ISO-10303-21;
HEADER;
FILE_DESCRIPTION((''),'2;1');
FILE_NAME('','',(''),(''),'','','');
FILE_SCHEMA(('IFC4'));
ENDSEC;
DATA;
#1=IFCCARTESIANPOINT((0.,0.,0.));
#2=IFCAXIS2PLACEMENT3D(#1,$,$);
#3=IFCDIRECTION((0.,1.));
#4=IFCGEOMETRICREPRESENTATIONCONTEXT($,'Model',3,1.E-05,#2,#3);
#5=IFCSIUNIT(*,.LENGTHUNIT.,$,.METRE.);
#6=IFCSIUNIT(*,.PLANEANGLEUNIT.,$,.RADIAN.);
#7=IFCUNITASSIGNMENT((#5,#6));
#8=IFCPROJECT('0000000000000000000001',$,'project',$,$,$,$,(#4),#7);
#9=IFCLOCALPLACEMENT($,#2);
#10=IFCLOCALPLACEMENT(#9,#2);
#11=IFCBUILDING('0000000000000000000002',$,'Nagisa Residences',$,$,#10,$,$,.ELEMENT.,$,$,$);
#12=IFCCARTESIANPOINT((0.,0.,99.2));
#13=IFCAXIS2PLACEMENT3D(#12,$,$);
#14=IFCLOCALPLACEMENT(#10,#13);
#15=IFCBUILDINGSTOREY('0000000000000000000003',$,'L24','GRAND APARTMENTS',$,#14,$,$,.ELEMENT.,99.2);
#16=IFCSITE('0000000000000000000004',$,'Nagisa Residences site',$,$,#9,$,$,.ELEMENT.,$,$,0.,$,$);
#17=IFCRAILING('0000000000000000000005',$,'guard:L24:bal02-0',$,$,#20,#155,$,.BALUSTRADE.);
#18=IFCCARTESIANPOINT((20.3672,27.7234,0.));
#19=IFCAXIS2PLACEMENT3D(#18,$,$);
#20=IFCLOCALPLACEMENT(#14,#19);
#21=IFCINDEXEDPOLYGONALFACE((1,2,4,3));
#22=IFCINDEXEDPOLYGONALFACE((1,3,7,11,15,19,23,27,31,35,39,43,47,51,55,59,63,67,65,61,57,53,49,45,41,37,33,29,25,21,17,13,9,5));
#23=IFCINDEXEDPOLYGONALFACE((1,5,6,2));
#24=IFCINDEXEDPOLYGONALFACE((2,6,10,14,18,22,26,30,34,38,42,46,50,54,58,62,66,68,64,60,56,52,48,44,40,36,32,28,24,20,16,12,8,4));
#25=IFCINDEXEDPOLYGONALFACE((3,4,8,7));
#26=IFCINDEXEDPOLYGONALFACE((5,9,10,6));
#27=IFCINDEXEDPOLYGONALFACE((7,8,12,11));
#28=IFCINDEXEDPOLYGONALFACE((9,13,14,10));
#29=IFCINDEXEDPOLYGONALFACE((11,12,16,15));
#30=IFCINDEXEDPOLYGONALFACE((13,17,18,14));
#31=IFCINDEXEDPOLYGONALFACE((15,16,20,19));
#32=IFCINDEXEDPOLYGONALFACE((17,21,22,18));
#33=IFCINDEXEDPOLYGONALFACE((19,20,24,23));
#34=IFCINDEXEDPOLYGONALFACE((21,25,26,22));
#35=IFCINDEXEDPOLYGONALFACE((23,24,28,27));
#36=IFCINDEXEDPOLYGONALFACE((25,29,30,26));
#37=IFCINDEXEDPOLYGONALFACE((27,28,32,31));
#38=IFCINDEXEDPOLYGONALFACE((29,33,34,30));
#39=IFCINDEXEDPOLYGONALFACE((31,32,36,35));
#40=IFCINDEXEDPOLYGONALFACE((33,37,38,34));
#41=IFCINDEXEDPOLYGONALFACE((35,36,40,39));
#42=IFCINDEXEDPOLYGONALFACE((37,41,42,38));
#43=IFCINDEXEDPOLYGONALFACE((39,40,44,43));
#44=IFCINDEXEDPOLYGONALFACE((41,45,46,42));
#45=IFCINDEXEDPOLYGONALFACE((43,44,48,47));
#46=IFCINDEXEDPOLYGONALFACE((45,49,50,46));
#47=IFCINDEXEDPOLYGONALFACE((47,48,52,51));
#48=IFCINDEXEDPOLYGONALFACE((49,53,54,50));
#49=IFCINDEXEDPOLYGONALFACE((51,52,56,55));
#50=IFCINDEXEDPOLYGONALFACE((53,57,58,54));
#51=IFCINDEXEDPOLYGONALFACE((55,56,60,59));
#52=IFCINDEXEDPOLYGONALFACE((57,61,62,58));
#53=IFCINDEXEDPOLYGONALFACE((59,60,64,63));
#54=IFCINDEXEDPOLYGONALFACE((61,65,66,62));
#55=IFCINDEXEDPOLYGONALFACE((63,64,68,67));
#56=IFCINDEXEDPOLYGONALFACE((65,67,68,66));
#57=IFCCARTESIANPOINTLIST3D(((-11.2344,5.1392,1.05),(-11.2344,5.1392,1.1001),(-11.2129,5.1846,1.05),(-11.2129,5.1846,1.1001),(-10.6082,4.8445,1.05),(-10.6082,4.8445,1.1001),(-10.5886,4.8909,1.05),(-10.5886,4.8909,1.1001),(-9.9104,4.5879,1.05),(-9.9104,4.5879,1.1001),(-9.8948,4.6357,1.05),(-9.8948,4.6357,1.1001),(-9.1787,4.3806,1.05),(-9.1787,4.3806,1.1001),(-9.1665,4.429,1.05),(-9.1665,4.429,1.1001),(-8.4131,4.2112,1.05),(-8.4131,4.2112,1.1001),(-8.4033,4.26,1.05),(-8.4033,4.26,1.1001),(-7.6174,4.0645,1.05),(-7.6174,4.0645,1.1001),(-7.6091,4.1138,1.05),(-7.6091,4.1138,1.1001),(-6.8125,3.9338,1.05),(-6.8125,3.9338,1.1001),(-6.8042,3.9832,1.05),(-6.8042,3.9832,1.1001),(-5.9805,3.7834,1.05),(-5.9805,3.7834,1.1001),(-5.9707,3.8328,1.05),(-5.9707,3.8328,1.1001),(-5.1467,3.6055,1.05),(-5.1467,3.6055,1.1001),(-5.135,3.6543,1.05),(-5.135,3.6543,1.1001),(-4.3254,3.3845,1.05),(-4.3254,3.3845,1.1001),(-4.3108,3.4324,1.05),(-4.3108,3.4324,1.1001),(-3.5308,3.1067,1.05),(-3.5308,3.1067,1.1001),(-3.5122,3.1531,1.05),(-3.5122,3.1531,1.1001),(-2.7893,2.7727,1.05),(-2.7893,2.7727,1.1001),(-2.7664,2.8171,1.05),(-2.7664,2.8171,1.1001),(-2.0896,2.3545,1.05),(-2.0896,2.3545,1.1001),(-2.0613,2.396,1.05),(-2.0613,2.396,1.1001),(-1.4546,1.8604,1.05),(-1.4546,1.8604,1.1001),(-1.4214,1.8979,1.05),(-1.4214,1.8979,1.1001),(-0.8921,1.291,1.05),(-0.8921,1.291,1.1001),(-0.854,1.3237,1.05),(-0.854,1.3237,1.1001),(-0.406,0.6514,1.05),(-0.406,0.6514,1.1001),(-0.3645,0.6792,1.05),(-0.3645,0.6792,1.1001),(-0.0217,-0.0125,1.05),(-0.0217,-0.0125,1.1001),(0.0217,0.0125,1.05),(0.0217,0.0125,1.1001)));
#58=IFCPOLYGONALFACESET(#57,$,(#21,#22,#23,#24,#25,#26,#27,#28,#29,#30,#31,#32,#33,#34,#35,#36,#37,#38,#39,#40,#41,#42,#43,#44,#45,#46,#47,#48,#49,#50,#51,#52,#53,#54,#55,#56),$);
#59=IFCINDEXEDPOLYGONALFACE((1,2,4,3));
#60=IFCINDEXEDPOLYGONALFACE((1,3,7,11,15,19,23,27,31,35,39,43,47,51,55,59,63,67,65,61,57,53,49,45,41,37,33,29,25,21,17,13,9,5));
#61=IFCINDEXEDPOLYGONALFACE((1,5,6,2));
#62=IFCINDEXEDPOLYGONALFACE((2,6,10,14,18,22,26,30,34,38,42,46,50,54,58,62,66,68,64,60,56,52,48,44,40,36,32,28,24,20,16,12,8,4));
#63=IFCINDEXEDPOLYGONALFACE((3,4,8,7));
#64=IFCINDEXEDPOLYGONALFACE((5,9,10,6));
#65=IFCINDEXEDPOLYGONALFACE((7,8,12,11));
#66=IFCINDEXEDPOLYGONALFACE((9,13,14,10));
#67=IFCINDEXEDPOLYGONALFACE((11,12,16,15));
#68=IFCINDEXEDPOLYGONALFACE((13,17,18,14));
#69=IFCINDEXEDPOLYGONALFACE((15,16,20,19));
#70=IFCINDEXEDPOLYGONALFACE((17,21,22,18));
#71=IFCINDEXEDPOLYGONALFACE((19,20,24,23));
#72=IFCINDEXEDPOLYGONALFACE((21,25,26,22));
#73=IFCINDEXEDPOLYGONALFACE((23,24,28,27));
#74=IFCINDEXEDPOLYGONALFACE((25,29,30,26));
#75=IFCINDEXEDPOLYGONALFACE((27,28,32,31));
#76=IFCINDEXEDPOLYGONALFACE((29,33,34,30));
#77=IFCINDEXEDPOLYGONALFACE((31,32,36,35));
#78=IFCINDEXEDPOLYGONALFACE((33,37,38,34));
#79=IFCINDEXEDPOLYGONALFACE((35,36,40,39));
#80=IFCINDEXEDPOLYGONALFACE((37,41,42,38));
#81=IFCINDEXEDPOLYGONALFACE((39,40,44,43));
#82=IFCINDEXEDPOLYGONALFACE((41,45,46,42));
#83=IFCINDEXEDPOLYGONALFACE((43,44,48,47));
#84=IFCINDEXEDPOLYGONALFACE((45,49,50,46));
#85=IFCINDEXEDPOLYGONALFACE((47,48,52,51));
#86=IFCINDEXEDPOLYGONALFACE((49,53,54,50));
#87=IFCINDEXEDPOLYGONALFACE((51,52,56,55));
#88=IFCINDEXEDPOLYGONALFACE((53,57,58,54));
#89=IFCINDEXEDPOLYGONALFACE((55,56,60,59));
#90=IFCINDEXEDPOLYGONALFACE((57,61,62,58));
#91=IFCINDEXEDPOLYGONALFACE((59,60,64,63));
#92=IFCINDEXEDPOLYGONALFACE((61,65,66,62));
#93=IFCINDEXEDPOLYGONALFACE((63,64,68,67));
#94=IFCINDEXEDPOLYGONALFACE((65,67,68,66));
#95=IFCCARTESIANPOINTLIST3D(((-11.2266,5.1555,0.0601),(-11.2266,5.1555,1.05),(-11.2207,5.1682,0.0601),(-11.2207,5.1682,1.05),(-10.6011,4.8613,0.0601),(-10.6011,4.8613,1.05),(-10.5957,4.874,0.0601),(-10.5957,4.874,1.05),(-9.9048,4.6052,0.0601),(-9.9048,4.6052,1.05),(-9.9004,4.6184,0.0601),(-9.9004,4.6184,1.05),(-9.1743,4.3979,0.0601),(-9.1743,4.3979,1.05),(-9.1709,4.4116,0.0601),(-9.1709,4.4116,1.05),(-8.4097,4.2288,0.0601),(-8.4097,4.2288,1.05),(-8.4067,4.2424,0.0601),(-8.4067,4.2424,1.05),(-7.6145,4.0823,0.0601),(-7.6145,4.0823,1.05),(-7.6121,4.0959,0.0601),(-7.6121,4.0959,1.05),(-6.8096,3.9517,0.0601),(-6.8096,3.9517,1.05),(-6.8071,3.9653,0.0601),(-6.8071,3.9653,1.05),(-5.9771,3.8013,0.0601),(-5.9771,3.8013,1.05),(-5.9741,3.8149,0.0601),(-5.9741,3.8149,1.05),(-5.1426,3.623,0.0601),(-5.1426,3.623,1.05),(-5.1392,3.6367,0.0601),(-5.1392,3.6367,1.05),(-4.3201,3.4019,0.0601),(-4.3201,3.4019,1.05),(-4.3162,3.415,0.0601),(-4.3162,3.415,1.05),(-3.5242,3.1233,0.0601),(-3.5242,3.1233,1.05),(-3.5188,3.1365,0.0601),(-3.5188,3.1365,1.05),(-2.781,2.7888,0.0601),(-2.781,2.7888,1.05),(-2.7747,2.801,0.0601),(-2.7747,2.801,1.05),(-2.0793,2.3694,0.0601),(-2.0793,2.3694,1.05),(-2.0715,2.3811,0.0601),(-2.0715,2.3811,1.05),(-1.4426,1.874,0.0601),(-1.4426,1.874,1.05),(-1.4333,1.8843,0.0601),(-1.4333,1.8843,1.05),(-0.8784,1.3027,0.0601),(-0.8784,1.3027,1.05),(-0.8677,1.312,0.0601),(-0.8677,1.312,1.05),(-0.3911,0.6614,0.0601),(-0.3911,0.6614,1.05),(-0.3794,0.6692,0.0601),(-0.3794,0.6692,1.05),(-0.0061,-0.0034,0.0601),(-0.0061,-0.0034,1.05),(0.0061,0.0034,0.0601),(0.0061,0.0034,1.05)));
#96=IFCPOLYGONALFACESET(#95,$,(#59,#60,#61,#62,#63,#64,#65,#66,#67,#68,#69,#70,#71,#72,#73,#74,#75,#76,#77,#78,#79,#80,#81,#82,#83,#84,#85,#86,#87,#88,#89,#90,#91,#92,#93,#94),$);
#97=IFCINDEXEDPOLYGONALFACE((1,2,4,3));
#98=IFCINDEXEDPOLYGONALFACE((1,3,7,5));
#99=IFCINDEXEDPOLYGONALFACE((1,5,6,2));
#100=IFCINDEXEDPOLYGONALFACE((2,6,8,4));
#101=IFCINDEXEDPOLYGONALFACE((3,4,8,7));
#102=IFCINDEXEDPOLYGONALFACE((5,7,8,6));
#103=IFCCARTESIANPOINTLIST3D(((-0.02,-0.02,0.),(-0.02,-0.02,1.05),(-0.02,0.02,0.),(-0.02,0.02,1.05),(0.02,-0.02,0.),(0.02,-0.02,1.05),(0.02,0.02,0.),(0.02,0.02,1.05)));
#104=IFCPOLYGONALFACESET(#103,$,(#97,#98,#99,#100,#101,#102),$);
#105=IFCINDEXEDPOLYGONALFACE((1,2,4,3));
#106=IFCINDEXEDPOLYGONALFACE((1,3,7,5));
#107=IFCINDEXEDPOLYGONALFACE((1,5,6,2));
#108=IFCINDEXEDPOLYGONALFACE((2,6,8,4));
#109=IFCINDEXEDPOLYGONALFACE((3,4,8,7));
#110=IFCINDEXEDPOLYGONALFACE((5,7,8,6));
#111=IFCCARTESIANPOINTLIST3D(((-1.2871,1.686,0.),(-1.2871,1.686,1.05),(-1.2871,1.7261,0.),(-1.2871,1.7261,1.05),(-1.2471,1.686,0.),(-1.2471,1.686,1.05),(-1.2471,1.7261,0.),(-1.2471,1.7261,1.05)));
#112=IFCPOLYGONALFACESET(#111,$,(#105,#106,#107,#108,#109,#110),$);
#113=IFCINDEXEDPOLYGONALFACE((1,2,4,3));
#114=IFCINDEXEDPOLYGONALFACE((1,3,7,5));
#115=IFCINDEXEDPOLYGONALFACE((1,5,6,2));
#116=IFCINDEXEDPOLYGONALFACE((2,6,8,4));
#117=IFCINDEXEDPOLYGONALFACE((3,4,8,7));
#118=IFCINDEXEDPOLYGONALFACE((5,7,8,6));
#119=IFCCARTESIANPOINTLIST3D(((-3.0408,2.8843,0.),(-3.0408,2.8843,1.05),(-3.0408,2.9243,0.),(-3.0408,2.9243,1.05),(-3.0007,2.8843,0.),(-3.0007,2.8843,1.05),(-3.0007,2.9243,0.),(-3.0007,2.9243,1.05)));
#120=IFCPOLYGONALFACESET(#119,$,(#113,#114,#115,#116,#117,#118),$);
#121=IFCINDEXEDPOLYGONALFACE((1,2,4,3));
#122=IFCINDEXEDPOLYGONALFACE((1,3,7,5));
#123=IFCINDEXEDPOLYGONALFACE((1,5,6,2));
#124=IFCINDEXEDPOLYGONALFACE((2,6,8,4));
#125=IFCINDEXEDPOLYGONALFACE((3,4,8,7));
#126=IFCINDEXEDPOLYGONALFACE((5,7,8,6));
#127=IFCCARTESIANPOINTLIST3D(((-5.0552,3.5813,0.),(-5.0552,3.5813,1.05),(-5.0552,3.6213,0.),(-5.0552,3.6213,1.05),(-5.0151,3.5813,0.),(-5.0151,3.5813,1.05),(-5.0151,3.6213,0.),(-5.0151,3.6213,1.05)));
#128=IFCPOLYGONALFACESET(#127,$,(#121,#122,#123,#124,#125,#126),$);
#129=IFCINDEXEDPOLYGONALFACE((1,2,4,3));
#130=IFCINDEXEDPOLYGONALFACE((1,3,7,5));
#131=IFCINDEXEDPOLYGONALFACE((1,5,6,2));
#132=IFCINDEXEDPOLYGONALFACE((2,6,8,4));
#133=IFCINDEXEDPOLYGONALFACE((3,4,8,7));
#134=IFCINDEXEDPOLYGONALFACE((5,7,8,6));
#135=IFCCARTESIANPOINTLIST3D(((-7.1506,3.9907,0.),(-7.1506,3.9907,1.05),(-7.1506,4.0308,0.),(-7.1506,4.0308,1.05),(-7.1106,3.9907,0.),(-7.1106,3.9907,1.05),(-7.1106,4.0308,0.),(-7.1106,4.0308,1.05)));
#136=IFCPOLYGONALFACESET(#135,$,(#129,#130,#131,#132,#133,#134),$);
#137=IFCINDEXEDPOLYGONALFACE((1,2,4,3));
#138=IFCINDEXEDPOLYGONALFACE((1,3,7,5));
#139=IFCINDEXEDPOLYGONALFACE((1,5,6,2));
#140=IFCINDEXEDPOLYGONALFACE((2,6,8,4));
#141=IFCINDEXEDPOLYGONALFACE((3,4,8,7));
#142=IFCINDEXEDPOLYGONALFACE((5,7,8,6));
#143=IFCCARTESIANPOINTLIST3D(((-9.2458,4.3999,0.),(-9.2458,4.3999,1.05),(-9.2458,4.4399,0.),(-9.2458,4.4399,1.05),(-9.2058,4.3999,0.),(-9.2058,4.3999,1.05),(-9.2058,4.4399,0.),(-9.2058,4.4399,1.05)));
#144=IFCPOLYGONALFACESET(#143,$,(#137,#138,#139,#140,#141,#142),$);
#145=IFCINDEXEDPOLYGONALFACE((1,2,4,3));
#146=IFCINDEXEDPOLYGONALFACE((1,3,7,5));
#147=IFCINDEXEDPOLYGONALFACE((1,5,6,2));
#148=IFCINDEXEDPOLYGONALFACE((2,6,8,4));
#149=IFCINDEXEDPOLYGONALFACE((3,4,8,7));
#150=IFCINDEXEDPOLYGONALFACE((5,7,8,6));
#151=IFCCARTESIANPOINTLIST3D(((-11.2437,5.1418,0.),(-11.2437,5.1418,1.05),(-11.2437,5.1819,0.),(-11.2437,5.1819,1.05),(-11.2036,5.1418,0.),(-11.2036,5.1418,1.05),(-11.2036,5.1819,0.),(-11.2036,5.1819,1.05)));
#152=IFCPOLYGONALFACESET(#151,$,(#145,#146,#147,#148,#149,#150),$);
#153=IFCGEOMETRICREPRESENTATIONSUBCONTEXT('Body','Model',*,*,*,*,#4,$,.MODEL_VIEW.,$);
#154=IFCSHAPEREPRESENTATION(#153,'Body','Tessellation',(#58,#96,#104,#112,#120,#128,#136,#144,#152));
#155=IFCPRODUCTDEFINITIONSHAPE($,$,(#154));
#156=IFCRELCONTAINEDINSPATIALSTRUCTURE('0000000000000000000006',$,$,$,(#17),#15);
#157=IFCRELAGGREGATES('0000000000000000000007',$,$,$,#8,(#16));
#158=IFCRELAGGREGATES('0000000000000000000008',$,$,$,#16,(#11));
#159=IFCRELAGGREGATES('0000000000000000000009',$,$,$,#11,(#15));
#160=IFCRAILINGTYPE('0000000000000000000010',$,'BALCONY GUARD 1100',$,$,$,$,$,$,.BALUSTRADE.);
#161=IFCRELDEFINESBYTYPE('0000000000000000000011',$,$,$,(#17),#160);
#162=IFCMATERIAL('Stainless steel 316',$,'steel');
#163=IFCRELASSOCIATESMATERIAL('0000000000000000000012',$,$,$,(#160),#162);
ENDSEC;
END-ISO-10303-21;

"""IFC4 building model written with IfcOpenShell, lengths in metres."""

from ifc_helpers import new_model, si_unit, direction, frame, origin, origin_2d, place, context, subcontext, project, spatial, polyline, rectangle, outline, extrude, material, type_object, element, save


model = new_model("IFC4")

# Units and contexts
model_context = context("Model", 3, precision=1e-05, world=origin(), true_north=direction((0.0, 1.0)))
body_context = subcontext(model_context, "Body", "Model", "MODEL_VIEW")
ifc_project = project(units=[si_unit("LENGTHUNIT", "METRE"), si_unit("PLANEANGLEUNIT", "RADIAN")], contexts=[model_context])

# Site, building, storey
site_placement = place(None, origin())
site = spatial("IfcSite", under=ifc_project, at=site_placement, Name="Nagisa Residences site", CompositionType="ELEMENT", RefElevation=0.0)
building_placement = place(site_placement, origin())
building = spatial("IfcBuilding", under=site, at=building_placement, Name="Nagisa Residences", CompositionType="ELEMENT")
storey_placement = place(building_placement, frame((0.0, 0.0, 99.2)))
storey = spatial("IfcBuildingStorey", under=building, at=storey_placement, Name="L24", Description="GRAND APARTMENTS", CompositionType="ELEMENT", Elevation=99.2)

# Railing
ifc_material_1 = material(Name="Stainless steel 316", Category="steel")
railing_type = type_object("IfcRailingType", Name="BALCONY GUARD 1100", PredefinedType="BALUSTRADE", material=ifc_material_1)
railing_1_placement = place(storey_placement, frame((20.3672, 27.7234, 0.0)))
element("IfcRailing", 1, at=railing_1_placement, inside=storey, type_object=railing_type, Name="guard:L24:bal02-0", PredefinedType="BALUSTRADE", context=body_context, shape_type="SweptSolid", body=[
    extrude(outline(polyline([(-0.406, 0.6514), (-0.0217, -0.0125), (0.0217, 0.0125), (-0.3645, 0.6792), (-0.854, 1.3237), (-1.4214, 1.8979), (-2.0613, 2.396), (-2.7664, 2.8171), (-3.5122, 3.1531), (-4.3108, 3.4324), (-5.135, 3.6543), (-5.9707, 3.8328), (-6.8042, 3.9832), (-7.6091, 4.1138), (-8.4033, 4.26), (-9.1665, 4.429), (-9.8948, 4.6357), (-10.5886, 4.8909), (-11.2129, 5.1846), (-11.2344, 5.1392), (-10.6082, 4.8445), (-9.9104, 4.5879), (-9.1787, 4.3806), (-8.4131, 4.2112), (-7.6174, 4.0645), (-6.8125, 3.9338), (-5.9805, 3.7834), (-5.1467, 3.6055), (-4.3254, 3.3845), (-3.5308, 3.1067), (-2.7893, 2.7727), (-2.0896, 2.3545), (-1.4546, 1.8604), (-0.8921, 1.291), (-0.406, 0.6514)])), frame((0.0, 0.0, 1.05)), (0.0, 0.0, 1.0), 0.05),
    extrude(outline(polyline([(-0.3911, 0.6614), (-0.0061, -0.0034), (0.0061, 0.0034), (-0.3794, 0.6692), (-0.8677, 1.312), (-1.4333, 1.8843), (-2.0715, 2.3811), (-2.7747, 2.801), (-3.5188, 3.1365), (-4.3162, 3.415), (-5.1392, 3.6367), (-5.9741, 3.8149), (-6.8071, 3.9653), (-7.6121, 4.0959), (-8.4067, 4.2424), (-9.1709, 4.4116), (-9.9004, 4.6184), (-10.5957, 4.874), (-11.2207, 5.1682), (-11.2266, 5.1555), (-10.6011, 4.8613), (-9.9048, 4.6052), (-9.1743, 4.3979), (-8.4097, 4.2288), (-7.6145, 4.0823), (-6.8096, 3.9517), (-5.9771, 3.8013), (-5.1426, 3.623), (-4.3201, 3.4019), (-3.5242, 3.1233), (-2.781, 2.7888), (-2.0793, 2.3694), (-1.4426, 1.874), (-0.8784, 1.3027), (-0.3911, 0.6614)])), frame((0.0, 0.0, 0.0601)), (0.0, 0.0, 1.0), 0.99),
    extrude(rectangle(XDim=0.04, YDim=0.04, at=origin_2d()), origin(), (0.0, 0.0, 1.0), 1.05),
    extrude(rectangle(XDim=0.04, YDim=0.04, at=origin_2d()), frame((-1.2671, 1.7061, 0.0)), (0.0, 0.0, 1.0), 1.05),
    extrude(rectangle(XDim=0.04, YDim=0.04, at=origin_2d()), frame((-3.0208, 2.9043, 0.0)), (0.0, 0.0, 1.0), 1.05),
    extrude(rectangle(XDim=0.04, YDim=0.04, at=origin_2d()), frame((-5.0352, 3.6013, 0.0)), (0.0, 0.0, 1.0), 1.05),
    extrude(rectangle(XDim=0.04, YDim=0.04, at=origin_2d()), frame((-7.1306, 4.0107, 0.0)), (0.0, 0.0, 1.0), 1.05),
    extrude(rectangle(XDim=0.04, YDim=0.04, at=origin_2d()), frame((-9.2258, 4.4199, 0.0)), (0.0, 0.0, 1.0), 1.05),
    extrude(rectangle(XDim=0.04, YDim=0.04, at=origin_2d()), frame((-11.2236, 5.1619, 0.0)), (0.0, 0.0, 1.0), 1.05),
])

save(model, "model.ifc")
